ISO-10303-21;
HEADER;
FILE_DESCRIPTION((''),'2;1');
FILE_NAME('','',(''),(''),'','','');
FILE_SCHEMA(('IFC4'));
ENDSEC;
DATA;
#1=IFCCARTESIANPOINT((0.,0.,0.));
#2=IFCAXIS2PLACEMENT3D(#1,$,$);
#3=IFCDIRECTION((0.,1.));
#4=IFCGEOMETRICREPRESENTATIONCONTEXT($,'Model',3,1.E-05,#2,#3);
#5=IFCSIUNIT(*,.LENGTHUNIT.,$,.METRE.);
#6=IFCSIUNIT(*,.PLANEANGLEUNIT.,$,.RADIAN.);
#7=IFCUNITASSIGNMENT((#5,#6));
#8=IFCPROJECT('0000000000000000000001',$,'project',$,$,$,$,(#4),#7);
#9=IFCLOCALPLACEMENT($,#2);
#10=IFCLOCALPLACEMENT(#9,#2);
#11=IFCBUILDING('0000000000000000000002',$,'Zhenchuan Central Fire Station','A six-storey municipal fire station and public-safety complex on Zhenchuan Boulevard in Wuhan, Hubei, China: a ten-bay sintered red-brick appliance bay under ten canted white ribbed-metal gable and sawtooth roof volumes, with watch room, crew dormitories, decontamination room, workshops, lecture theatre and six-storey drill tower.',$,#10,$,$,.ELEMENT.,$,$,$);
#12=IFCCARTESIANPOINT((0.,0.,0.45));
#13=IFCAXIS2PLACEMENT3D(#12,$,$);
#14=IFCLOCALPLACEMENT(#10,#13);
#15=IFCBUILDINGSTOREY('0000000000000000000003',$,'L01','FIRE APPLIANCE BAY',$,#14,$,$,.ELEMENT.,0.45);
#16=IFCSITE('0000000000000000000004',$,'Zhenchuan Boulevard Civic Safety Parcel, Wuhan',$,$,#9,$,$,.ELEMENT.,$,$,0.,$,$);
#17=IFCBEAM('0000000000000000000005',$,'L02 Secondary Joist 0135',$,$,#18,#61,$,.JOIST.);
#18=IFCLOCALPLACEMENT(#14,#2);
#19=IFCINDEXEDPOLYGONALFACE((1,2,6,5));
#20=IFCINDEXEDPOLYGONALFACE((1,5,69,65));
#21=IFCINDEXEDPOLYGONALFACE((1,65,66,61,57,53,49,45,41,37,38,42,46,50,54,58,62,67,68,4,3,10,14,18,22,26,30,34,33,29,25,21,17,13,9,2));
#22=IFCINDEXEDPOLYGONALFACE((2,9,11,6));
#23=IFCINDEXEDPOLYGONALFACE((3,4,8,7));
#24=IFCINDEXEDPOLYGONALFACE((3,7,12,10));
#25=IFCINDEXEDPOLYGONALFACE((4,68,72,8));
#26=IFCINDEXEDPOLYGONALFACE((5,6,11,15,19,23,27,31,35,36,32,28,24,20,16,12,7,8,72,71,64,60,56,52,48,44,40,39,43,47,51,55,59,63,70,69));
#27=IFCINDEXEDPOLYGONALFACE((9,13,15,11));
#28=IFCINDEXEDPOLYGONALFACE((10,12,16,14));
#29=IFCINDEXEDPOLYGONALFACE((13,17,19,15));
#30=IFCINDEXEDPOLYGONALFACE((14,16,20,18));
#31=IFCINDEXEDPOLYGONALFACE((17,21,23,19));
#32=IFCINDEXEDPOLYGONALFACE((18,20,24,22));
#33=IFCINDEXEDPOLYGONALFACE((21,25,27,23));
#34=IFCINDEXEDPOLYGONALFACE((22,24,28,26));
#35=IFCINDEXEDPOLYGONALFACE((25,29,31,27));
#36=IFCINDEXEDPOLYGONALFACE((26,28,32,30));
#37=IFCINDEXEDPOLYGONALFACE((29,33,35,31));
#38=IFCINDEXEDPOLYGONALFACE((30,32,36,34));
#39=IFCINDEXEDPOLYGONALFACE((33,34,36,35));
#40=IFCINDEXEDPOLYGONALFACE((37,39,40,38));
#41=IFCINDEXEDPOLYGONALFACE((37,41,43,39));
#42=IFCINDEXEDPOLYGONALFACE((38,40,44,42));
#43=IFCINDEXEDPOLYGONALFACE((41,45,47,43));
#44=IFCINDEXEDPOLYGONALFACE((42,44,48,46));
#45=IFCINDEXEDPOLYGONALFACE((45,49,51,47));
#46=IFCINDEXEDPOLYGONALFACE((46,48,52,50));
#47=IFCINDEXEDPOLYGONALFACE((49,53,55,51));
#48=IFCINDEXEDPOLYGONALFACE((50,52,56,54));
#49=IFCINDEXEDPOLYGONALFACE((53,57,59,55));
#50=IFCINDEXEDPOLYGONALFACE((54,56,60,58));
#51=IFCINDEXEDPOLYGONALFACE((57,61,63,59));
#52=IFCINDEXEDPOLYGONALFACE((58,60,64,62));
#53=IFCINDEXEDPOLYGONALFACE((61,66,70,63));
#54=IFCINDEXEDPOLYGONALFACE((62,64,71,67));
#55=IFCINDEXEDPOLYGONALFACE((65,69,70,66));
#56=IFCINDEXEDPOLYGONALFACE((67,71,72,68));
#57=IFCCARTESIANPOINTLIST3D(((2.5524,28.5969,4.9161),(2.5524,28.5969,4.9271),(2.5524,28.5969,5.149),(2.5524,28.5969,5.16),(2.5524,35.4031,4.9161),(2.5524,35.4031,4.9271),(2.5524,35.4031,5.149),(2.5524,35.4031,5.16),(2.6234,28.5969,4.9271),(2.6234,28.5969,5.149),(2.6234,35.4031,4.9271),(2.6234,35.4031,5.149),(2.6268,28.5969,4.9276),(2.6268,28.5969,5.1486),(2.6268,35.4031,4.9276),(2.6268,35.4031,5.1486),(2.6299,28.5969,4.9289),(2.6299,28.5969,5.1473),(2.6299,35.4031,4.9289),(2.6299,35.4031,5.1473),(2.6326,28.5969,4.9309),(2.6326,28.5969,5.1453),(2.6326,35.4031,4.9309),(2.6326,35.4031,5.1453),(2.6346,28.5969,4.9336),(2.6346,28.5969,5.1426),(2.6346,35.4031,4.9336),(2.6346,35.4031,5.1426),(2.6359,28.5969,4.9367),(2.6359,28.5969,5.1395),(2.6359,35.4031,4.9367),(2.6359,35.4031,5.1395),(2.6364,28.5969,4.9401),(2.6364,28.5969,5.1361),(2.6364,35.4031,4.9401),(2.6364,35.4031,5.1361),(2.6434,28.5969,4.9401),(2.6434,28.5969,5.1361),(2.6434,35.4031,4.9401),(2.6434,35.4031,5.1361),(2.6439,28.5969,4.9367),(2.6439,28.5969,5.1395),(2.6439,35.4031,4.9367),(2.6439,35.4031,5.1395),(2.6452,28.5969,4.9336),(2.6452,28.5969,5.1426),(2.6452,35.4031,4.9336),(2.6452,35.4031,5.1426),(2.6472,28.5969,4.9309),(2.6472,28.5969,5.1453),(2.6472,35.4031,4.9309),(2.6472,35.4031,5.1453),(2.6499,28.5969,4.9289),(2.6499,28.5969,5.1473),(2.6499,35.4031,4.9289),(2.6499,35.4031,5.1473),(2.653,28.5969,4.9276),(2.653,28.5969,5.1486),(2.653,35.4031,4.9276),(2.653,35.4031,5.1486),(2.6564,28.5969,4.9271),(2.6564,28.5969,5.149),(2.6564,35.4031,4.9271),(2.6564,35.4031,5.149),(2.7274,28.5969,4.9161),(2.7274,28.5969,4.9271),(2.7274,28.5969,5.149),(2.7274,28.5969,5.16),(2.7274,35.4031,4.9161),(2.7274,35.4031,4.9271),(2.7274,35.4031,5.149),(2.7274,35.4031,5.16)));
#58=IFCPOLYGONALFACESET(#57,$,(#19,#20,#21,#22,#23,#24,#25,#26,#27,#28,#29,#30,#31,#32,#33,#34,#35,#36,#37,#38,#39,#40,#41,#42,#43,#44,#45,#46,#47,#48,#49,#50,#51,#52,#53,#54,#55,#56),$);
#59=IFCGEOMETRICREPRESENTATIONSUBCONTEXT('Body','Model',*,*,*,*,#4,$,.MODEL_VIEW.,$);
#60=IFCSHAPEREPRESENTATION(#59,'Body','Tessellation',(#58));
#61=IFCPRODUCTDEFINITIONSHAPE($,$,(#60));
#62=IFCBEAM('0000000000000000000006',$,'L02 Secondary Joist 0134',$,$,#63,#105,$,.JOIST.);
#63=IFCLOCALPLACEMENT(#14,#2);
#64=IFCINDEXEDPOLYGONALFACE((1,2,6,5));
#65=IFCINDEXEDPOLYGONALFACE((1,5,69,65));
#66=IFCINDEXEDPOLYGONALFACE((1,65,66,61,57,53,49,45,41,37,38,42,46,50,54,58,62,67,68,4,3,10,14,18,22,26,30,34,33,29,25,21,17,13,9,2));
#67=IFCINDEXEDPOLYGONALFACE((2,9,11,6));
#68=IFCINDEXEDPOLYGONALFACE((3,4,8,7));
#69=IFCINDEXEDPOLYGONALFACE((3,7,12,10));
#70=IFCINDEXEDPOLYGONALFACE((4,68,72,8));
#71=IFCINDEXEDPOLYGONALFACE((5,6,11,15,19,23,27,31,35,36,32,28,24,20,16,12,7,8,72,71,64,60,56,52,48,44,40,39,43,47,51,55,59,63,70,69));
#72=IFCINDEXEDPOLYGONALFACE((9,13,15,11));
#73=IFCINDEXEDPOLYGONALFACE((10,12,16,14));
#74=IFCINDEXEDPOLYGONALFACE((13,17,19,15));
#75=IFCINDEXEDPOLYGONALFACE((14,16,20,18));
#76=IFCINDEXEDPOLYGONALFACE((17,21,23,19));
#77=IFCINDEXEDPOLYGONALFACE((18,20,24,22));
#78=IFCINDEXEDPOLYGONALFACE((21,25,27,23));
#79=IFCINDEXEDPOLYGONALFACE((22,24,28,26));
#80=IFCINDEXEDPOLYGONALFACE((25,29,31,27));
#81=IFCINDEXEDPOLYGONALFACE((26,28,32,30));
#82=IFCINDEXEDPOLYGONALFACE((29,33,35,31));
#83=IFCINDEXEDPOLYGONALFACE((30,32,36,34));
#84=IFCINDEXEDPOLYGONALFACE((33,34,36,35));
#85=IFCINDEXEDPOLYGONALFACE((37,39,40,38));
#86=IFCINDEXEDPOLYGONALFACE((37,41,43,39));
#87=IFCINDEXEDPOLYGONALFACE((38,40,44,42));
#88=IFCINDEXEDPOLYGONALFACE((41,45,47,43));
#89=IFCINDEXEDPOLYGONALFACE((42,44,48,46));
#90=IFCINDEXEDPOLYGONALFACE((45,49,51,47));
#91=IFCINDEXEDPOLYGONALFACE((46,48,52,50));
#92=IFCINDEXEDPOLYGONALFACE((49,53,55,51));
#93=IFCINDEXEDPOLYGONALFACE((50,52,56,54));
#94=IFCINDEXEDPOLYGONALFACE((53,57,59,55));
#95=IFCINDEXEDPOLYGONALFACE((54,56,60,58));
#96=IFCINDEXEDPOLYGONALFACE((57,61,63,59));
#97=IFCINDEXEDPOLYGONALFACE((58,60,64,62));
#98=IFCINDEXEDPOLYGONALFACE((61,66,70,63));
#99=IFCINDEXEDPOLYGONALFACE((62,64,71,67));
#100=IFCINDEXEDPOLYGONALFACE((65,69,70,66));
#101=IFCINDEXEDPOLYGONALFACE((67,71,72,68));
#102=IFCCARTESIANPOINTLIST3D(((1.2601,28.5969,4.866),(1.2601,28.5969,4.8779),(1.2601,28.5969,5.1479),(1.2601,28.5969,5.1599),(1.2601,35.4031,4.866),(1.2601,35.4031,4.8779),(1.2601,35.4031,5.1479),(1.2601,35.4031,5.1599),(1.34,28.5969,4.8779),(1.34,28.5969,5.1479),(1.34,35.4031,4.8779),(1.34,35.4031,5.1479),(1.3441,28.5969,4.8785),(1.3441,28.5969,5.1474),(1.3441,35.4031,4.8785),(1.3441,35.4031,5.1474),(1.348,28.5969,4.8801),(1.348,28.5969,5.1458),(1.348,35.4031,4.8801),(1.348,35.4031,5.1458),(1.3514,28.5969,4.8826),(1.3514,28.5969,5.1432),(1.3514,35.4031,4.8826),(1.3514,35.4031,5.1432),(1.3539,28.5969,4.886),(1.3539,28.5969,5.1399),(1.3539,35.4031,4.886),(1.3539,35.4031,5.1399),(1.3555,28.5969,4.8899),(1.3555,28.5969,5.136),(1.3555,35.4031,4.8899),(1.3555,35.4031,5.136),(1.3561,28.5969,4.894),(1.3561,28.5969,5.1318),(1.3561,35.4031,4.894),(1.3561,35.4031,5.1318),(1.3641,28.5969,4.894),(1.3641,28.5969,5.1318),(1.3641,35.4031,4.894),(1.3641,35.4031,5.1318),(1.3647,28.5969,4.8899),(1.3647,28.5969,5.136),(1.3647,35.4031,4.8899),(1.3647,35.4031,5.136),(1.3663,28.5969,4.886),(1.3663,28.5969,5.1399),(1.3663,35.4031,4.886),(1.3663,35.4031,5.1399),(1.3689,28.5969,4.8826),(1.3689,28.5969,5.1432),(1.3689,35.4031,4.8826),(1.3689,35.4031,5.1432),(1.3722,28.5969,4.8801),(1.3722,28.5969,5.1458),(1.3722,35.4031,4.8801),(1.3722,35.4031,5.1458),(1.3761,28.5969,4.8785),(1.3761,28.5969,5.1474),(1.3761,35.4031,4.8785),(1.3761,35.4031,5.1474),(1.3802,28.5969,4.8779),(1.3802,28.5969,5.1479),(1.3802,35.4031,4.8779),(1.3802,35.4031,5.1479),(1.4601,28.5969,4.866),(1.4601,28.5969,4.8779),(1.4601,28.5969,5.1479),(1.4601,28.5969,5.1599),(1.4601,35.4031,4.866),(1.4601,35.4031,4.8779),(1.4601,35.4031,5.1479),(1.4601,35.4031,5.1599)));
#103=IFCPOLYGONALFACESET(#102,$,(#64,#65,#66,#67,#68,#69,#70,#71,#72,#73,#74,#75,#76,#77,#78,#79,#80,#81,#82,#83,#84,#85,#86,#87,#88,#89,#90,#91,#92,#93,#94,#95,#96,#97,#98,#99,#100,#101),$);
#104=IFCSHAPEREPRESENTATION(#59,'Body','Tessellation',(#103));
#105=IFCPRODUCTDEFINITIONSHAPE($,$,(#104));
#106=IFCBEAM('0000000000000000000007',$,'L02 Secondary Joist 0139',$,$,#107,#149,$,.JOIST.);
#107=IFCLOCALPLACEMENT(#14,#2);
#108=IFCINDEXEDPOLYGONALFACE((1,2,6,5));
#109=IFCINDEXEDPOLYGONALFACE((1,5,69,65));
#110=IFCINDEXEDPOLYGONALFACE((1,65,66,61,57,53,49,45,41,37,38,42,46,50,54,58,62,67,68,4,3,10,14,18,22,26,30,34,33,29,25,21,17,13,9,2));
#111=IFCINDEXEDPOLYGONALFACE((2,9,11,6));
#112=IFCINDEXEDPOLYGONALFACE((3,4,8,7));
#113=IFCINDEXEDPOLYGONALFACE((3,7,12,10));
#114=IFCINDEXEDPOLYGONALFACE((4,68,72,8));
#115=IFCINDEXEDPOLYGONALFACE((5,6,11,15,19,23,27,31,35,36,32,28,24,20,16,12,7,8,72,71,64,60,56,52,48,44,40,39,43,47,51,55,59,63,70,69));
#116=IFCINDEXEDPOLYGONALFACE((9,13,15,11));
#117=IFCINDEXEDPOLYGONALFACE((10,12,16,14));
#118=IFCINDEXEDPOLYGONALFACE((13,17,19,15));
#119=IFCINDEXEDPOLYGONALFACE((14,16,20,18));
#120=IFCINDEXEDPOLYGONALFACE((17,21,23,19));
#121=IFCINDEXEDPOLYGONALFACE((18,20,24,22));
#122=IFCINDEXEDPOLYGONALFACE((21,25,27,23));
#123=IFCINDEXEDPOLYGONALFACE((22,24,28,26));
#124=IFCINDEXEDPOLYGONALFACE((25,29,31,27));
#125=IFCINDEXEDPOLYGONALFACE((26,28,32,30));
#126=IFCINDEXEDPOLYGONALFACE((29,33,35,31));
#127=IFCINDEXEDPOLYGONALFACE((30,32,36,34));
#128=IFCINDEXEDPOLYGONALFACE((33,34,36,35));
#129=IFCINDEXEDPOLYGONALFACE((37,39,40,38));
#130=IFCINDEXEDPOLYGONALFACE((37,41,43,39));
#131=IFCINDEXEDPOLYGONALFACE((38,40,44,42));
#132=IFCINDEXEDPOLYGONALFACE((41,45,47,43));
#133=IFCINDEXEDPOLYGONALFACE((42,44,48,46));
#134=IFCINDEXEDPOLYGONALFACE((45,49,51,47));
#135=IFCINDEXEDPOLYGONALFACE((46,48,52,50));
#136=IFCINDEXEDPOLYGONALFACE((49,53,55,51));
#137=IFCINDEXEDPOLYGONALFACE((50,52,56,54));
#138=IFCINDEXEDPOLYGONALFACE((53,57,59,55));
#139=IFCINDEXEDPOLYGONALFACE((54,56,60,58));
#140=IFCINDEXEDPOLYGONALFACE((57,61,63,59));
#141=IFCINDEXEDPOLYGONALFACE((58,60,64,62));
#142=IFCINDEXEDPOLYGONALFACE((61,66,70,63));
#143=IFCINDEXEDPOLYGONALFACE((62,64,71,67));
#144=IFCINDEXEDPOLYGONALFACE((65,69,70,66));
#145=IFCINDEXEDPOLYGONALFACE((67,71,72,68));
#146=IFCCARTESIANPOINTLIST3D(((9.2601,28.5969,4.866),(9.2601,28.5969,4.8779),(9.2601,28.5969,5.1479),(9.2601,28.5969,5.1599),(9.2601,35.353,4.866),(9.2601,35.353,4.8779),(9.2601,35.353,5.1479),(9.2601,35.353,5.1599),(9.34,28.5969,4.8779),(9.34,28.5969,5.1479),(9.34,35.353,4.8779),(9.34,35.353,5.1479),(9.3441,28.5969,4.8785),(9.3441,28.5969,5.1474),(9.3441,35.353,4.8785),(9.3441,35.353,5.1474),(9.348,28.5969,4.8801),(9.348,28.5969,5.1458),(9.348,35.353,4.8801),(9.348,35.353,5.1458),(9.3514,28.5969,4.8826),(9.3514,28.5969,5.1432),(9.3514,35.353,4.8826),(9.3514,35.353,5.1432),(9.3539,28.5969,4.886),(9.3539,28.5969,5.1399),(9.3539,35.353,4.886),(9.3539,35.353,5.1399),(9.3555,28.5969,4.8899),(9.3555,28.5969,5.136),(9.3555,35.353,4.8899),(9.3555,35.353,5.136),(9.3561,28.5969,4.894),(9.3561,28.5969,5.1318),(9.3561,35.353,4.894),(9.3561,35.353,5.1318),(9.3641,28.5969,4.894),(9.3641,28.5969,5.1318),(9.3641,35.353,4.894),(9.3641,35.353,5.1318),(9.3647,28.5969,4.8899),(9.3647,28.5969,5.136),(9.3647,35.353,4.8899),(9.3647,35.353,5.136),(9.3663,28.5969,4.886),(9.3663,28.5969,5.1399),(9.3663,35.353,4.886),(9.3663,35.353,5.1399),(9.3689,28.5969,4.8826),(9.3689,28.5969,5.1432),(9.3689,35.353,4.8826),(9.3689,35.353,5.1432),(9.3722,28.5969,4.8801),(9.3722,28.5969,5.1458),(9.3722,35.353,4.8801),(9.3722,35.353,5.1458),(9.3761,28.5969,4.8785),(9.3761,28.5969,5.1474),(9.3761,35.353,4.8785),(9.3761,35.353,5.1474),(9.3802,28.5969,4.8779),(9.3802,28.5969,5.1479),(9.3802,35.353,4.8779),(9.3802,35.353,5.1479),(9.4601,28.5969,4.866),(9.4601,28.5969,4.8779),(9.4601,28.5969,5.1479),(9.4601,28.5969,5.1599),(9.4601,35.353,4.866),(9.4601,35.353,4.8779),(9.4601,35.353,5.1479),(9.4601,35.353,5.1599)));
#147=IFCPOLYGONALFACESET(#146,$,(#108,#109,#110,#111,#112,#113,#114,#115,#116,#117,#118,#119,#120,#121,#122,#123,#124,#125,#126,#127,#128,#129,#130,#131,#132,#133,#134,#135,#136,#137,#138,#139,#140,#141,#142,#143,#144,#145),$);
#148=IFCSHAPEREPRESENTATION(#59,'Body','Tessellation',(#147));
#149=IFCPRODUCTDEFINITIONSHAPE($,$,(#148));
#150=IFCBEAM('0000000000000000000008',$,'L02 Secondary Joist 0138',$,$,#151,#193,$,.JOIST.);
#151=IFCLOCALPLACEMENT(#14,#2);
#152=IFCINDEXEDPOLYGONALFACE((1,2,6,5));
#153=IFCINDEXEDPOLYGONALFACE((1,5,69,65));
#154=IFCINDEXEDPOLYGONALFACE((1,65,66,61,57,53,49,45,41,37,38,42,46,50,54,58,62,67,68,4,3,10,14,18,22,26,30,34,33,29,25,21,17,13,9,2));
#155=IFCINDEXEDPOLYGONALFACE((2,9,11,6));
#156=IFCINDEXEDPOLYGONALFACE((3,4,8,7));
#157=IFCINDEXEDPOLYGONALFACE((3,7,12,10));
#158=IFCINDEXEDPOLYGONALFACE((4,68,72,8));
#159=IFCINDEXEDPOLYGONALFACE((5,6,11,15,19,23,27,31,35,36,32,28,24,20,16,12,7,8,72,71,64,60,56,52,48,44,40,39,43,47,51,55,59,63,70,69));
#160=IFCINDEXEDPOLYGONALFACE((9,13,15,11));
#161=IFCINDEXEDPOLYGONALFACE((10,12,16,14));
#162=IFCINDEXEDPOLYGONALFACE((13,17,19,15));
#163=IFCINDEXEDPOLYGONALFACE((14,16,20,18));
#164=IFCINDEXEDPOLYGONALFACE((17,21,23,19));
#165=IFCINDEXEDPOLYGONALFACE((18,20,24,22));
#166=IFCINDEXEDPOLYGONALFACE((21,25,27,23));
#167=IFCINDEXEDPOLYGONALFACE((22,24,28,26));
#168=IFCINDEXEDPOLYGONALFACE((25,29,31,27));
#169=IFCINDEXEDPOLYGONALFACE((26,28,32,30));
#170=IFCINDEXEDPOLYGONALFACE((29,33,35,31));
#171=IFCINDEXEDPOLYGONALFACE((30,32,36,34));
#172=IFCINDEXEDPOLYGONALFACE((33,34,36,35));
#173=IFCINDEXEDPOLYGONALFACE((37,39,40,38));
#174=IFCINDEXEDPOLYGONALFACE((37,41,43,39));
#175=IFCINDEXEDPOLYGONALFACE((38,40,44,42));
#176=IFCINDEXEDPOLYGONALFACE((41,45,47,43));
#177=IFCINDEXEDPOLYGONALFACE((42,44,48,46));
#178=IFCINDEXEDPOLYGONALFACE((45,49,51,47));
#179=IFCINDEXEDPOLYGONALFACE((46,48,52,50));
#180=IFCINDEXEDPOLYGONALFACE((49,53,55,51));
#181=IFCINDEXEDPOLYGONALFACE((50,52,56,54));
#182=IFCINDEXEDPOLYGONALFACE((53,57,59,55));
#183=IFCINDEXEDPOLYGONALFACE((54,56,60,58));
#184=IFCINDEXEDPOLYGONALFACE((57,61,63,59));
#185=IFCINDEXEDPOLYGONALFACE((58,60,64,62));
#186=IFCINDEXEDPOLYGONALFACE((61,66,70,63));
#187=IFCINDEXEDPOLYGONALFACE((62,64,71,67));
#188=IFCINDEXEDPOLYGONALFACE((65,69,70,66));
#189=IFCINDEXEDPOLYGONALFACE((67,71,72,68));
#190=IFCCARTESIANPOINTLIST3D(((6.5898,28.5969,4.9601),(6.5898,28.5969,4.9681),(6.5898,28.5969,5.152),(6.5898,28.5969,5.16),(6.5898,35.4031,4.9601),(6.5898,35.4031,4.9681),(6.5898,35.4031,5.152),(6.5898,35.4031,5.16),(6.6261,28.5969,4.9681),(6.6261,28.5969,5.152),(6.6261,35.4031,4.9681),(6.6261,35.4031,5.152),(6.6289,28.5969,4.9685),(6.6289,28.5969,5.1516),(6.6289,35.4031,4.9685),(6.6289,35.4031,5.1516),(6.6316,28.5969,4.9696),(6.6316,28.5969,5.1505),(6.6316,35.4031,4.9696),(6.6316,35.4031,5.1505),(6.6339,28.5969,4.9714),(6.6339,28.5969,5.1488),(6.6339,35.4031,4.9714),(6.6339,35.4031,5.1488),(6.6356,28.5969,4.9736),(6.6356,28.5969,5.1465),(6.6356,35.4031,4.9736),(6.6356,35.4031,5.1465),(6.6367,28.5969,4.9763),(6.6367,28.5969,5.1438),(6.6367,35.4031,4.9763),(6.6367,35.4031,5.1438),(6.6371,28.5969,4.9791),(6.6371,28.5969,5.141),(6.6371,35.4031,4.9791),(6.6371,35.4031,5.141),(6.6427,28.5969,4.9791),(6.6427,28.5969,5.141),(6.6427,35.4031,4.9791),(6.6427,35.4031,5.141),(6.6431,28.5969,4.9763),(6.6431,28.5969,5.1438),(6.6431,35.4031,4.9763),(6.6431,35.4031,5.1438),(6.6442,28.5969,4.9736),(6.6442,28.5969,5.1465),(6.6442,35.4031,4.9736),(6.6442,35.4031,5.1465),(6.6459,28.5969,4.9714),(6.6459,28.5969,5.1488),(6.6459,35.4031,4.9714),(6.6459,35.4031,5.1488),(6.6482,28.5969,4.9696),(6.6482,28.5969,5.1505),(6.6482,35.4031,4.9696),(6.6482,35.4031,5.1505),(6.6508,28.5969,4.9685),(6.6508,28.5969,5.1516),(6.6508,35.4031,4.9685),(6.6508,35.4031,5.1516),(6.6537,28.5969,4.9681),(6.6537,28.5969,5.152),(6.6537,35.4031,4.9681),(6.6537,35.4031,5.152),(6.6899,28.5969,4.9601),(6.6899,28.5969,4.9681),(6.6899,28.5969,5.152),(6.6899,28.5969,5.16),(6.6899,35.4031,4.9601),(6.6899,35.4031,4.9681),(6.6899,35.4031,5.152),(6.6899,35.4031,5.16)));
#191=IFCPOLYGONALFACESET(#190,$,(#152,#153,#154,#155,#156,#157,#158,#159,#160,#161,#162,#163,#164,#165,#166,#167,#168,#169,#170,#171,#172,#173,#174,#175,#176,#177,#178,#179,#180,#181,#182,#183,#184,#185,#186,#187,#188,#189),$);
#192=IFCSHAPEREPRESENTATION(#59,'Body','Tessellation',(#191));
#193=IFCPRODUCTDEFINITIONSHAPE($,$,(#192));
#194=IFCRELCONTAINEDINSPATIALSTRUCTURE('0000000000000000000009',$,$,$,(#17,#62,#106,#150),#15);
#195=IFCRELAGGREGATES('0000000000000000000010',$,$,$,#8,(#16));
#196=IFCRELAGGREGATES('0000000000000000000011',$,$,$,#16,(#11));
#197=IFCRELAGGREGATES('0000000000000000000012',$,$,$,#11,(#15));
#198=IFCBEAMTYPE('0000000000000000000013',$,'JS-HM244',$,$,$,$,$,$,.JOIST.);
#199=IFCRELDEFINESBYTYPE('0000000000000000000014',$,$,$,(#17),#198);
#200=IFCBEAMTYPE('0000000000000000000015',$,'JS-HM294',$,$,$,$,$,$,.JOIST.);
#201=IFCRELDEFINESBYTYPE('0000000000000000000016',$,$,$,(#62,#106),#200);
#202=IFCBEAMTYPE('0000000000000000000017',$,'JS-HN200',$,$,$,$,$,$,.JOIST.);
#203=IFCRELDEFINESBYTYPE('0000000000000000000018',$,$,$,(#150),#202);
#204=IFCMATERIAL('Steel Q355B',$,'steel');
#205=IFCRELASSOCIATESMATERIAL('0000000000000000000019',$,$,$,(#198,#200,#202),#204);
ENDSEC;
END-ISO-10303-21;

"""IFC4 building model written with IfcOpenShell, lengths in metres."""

from ifc_helpers import new_model, si_unit, direction, frame, origin, origin_2d, place, context, subcontext, project, spatial, i_section, extrude, material, material_profile, profile_set, type_object, element, save


model = new_model("IFC4")

# Units and contexts
model_context = context("Model", 3, precision=1e-05, world=origin(), true_north=direction((0.0, 1.0)))
body_context = subcontext(model_context, "Body", "Model", "MODEL_VIEW")
ifc_project = project(units=[si_unit("LENGTHUNIT", "METRE"), si_unit("PLANEANGLEUNIT", "RADIAN")], contexts=[model_context])

# Site, building, storey
site_placement = place(None, origin())
site = spatial("IfcSite", under=ifc_project, at=site_placement, Name="Zhenchuan Boulevard Civic Safety Parcel, Wuhan", CompositionType="ELEMENT", RefElevation=0.0)
building_placement = place(site_placement, origin())
building = spatial("IfcBuilding", under=site, at=building_placement, Name="Zhenchuan Central Fire Station", Description="A six-storey municipal fire station and public-safety complex on Zhenchuan Boulevard in Wuhan, Hubei, China: a ten-bay sintered red-brick appliance bay under ten canted white ribbed-metal gable and sawtooth roof volumes, with watch room, crew dormitories, decontamination room, workshops, lecture theatre and six-storey drill tower.", CompositionType="ELEMENT")
storey_placement = place(building_placement, frame((0.0, 0.0, 0.45)))
storey = spatial("IfcBuildingStorey", under=building, at=storey_placement, Name="L01", Description="FIRE APPLIANCE BAY", CompositionType="ELEMENT", Elevation=0.45)

# Shared definitions
ifc_material_1 = material(Name="Steel Q355B", Category="steel")

# Beams
ifc_material_profile_1 = material_profile(ifc_material_1, i_section(OverallWidth=0.175, OverallDepth=0.2439, WebThickness=0.0071, FlangeThickness=0.011, FilletRadius=0.0129, at=origin_2d()), Name="HM 244x175")
ifc_profile_set_1 = profile_set([ifc_material_profile_1], Name="Steel Q355B")
beam_type_1 = type_object("IfcBeamType", Name="JS-HM244", PredefinedType="JOIST", material=ifc_profile_set_1)
beam_1_placement = place(storey_placement, frame((2.6399, 28.5969, 5.0381), z_axis=(0.0, 1.0, 0.0), x_axis=(-1.0, 0.0, 0.0)))
element("IfcBeam", 1, at=beam_1_placement, inside=storey, type_object=beam_type_1, Name="L02 Secondary Joist 0135", PredefinedType="JOIST", context=body_context, shape_type="SweptSolid", body=[
    extrude(i_section(OverallWidth=0.175, OverallDepth=0.2439, WebThickness=0.0071, FlangeThickness=0.011, FilletRadius=0.0129, at=origin_2d()), origin(), (0.0, 0.0, 1.0), 6.8062),
])
ifc_material_profile_2 = material_profile(ifc_material_1, i_section(OverallWidth=0.2, OverallDepth=0.2939, WebThickness=0.0081, FlangeThickness=0.012, FilletRadius=0.0161, at=origin_2d()), Name="HM 294x200")
ifc_profile_set_2 = profile_set([ifc_material_profile_2], Name="Steel Q355B")
beam_type_2 = type_object("IfcBeamType", Name="JS-HM294", PredefinedType="JOIST", material=ifc_profile_set_2)
beam_2_placement = place(storey_placement, frame((1.3601, 28.5969, 5.0129), z_axis=(0.0, 1.0, 0.0), x_axis=(-1.0, 0.0, 0.0)))
element("IfcBeam", 2, at=beam_2_placement, inside=storey, type_object=beam_type_2, Name="L02 Secondary Joist 0134", PredefinedType="JOIST", context=body_context, shape_type="SweptSolid", body=[
    extrude(i_section(OverallWidth=0.2, OverallDepth=0.2939, WebThickness=0.0081, FlangeThickness=0.012, FilletRadius=0.0161, at=origin_2d()), origin(), (0.0, 0.0, 1.0), 6.8062),
])
beam_3_placement = place(storey_placement, frame((9.3601, 28.5969, 5.0129), z_axis=(0.0, 1.0, 0.0), x_axis=(-1.0, 0.0, 0.0)))
element("IfcBeam", 3, at=beam_3_placement, inside=storey, type_object=beam_type_2, Name="L02 Secondary Joist 0139", PredefinedType="JOIST", context=body_context, shape_type="SweptSolid", body=[
    extrude(i_section(OverallWidth=0.2, OverallDepth=0.2939, WebThickness=0.0081, FlangeThickness=0.012, FilletRadius=0.0161, at=origin_2d()), origin(), (0.0, 0.0, 1.0), 6.7561),
])
ifc_material_profile_3 = material_profile(ifc_material_1, i_section(OverallWidth=0.1001, OverallDepth=0.2, WebThickness=0.0056, FlangeThickness=0.0081, FilletRadius=0.011, at=origin_2d()), Name="HN 200x100")
ifc_profile_set_3 = profile_set([ifc_material_profile_3], Name="Steel Q355B")
beam_type_3 = type_object("IfcBeamType", Name="JS-HN200", PredefinedType="JOIST", material=ifc_profile_set_3)
beam_4_placement = place(storey_placement, frame((6.6399, 28.5969, 5.0601), z_axis=(0.0, 1.0, 0.0), x_axis=(-1.0, 0.0, 0.0)))
element("IfcBeam", 4, at=beam_4_placement, inside=storey, type_object=beam_type_3, Name="L02 Secondary Joist 0138", PredefinedType="JOIST", context=body_context, shape_type="SweptSolid", body=[
    extrude(i_section(OverallWidth=0.1001, OverallDepth=0.2, WebThickness=0.0056, FlangeThickness=0.0081, FilletRadius=0.011, at=origin_2d()), origin(), (0.0, 0.0, 1.0), 6.8062),
])

save(model, "model.ifc")
